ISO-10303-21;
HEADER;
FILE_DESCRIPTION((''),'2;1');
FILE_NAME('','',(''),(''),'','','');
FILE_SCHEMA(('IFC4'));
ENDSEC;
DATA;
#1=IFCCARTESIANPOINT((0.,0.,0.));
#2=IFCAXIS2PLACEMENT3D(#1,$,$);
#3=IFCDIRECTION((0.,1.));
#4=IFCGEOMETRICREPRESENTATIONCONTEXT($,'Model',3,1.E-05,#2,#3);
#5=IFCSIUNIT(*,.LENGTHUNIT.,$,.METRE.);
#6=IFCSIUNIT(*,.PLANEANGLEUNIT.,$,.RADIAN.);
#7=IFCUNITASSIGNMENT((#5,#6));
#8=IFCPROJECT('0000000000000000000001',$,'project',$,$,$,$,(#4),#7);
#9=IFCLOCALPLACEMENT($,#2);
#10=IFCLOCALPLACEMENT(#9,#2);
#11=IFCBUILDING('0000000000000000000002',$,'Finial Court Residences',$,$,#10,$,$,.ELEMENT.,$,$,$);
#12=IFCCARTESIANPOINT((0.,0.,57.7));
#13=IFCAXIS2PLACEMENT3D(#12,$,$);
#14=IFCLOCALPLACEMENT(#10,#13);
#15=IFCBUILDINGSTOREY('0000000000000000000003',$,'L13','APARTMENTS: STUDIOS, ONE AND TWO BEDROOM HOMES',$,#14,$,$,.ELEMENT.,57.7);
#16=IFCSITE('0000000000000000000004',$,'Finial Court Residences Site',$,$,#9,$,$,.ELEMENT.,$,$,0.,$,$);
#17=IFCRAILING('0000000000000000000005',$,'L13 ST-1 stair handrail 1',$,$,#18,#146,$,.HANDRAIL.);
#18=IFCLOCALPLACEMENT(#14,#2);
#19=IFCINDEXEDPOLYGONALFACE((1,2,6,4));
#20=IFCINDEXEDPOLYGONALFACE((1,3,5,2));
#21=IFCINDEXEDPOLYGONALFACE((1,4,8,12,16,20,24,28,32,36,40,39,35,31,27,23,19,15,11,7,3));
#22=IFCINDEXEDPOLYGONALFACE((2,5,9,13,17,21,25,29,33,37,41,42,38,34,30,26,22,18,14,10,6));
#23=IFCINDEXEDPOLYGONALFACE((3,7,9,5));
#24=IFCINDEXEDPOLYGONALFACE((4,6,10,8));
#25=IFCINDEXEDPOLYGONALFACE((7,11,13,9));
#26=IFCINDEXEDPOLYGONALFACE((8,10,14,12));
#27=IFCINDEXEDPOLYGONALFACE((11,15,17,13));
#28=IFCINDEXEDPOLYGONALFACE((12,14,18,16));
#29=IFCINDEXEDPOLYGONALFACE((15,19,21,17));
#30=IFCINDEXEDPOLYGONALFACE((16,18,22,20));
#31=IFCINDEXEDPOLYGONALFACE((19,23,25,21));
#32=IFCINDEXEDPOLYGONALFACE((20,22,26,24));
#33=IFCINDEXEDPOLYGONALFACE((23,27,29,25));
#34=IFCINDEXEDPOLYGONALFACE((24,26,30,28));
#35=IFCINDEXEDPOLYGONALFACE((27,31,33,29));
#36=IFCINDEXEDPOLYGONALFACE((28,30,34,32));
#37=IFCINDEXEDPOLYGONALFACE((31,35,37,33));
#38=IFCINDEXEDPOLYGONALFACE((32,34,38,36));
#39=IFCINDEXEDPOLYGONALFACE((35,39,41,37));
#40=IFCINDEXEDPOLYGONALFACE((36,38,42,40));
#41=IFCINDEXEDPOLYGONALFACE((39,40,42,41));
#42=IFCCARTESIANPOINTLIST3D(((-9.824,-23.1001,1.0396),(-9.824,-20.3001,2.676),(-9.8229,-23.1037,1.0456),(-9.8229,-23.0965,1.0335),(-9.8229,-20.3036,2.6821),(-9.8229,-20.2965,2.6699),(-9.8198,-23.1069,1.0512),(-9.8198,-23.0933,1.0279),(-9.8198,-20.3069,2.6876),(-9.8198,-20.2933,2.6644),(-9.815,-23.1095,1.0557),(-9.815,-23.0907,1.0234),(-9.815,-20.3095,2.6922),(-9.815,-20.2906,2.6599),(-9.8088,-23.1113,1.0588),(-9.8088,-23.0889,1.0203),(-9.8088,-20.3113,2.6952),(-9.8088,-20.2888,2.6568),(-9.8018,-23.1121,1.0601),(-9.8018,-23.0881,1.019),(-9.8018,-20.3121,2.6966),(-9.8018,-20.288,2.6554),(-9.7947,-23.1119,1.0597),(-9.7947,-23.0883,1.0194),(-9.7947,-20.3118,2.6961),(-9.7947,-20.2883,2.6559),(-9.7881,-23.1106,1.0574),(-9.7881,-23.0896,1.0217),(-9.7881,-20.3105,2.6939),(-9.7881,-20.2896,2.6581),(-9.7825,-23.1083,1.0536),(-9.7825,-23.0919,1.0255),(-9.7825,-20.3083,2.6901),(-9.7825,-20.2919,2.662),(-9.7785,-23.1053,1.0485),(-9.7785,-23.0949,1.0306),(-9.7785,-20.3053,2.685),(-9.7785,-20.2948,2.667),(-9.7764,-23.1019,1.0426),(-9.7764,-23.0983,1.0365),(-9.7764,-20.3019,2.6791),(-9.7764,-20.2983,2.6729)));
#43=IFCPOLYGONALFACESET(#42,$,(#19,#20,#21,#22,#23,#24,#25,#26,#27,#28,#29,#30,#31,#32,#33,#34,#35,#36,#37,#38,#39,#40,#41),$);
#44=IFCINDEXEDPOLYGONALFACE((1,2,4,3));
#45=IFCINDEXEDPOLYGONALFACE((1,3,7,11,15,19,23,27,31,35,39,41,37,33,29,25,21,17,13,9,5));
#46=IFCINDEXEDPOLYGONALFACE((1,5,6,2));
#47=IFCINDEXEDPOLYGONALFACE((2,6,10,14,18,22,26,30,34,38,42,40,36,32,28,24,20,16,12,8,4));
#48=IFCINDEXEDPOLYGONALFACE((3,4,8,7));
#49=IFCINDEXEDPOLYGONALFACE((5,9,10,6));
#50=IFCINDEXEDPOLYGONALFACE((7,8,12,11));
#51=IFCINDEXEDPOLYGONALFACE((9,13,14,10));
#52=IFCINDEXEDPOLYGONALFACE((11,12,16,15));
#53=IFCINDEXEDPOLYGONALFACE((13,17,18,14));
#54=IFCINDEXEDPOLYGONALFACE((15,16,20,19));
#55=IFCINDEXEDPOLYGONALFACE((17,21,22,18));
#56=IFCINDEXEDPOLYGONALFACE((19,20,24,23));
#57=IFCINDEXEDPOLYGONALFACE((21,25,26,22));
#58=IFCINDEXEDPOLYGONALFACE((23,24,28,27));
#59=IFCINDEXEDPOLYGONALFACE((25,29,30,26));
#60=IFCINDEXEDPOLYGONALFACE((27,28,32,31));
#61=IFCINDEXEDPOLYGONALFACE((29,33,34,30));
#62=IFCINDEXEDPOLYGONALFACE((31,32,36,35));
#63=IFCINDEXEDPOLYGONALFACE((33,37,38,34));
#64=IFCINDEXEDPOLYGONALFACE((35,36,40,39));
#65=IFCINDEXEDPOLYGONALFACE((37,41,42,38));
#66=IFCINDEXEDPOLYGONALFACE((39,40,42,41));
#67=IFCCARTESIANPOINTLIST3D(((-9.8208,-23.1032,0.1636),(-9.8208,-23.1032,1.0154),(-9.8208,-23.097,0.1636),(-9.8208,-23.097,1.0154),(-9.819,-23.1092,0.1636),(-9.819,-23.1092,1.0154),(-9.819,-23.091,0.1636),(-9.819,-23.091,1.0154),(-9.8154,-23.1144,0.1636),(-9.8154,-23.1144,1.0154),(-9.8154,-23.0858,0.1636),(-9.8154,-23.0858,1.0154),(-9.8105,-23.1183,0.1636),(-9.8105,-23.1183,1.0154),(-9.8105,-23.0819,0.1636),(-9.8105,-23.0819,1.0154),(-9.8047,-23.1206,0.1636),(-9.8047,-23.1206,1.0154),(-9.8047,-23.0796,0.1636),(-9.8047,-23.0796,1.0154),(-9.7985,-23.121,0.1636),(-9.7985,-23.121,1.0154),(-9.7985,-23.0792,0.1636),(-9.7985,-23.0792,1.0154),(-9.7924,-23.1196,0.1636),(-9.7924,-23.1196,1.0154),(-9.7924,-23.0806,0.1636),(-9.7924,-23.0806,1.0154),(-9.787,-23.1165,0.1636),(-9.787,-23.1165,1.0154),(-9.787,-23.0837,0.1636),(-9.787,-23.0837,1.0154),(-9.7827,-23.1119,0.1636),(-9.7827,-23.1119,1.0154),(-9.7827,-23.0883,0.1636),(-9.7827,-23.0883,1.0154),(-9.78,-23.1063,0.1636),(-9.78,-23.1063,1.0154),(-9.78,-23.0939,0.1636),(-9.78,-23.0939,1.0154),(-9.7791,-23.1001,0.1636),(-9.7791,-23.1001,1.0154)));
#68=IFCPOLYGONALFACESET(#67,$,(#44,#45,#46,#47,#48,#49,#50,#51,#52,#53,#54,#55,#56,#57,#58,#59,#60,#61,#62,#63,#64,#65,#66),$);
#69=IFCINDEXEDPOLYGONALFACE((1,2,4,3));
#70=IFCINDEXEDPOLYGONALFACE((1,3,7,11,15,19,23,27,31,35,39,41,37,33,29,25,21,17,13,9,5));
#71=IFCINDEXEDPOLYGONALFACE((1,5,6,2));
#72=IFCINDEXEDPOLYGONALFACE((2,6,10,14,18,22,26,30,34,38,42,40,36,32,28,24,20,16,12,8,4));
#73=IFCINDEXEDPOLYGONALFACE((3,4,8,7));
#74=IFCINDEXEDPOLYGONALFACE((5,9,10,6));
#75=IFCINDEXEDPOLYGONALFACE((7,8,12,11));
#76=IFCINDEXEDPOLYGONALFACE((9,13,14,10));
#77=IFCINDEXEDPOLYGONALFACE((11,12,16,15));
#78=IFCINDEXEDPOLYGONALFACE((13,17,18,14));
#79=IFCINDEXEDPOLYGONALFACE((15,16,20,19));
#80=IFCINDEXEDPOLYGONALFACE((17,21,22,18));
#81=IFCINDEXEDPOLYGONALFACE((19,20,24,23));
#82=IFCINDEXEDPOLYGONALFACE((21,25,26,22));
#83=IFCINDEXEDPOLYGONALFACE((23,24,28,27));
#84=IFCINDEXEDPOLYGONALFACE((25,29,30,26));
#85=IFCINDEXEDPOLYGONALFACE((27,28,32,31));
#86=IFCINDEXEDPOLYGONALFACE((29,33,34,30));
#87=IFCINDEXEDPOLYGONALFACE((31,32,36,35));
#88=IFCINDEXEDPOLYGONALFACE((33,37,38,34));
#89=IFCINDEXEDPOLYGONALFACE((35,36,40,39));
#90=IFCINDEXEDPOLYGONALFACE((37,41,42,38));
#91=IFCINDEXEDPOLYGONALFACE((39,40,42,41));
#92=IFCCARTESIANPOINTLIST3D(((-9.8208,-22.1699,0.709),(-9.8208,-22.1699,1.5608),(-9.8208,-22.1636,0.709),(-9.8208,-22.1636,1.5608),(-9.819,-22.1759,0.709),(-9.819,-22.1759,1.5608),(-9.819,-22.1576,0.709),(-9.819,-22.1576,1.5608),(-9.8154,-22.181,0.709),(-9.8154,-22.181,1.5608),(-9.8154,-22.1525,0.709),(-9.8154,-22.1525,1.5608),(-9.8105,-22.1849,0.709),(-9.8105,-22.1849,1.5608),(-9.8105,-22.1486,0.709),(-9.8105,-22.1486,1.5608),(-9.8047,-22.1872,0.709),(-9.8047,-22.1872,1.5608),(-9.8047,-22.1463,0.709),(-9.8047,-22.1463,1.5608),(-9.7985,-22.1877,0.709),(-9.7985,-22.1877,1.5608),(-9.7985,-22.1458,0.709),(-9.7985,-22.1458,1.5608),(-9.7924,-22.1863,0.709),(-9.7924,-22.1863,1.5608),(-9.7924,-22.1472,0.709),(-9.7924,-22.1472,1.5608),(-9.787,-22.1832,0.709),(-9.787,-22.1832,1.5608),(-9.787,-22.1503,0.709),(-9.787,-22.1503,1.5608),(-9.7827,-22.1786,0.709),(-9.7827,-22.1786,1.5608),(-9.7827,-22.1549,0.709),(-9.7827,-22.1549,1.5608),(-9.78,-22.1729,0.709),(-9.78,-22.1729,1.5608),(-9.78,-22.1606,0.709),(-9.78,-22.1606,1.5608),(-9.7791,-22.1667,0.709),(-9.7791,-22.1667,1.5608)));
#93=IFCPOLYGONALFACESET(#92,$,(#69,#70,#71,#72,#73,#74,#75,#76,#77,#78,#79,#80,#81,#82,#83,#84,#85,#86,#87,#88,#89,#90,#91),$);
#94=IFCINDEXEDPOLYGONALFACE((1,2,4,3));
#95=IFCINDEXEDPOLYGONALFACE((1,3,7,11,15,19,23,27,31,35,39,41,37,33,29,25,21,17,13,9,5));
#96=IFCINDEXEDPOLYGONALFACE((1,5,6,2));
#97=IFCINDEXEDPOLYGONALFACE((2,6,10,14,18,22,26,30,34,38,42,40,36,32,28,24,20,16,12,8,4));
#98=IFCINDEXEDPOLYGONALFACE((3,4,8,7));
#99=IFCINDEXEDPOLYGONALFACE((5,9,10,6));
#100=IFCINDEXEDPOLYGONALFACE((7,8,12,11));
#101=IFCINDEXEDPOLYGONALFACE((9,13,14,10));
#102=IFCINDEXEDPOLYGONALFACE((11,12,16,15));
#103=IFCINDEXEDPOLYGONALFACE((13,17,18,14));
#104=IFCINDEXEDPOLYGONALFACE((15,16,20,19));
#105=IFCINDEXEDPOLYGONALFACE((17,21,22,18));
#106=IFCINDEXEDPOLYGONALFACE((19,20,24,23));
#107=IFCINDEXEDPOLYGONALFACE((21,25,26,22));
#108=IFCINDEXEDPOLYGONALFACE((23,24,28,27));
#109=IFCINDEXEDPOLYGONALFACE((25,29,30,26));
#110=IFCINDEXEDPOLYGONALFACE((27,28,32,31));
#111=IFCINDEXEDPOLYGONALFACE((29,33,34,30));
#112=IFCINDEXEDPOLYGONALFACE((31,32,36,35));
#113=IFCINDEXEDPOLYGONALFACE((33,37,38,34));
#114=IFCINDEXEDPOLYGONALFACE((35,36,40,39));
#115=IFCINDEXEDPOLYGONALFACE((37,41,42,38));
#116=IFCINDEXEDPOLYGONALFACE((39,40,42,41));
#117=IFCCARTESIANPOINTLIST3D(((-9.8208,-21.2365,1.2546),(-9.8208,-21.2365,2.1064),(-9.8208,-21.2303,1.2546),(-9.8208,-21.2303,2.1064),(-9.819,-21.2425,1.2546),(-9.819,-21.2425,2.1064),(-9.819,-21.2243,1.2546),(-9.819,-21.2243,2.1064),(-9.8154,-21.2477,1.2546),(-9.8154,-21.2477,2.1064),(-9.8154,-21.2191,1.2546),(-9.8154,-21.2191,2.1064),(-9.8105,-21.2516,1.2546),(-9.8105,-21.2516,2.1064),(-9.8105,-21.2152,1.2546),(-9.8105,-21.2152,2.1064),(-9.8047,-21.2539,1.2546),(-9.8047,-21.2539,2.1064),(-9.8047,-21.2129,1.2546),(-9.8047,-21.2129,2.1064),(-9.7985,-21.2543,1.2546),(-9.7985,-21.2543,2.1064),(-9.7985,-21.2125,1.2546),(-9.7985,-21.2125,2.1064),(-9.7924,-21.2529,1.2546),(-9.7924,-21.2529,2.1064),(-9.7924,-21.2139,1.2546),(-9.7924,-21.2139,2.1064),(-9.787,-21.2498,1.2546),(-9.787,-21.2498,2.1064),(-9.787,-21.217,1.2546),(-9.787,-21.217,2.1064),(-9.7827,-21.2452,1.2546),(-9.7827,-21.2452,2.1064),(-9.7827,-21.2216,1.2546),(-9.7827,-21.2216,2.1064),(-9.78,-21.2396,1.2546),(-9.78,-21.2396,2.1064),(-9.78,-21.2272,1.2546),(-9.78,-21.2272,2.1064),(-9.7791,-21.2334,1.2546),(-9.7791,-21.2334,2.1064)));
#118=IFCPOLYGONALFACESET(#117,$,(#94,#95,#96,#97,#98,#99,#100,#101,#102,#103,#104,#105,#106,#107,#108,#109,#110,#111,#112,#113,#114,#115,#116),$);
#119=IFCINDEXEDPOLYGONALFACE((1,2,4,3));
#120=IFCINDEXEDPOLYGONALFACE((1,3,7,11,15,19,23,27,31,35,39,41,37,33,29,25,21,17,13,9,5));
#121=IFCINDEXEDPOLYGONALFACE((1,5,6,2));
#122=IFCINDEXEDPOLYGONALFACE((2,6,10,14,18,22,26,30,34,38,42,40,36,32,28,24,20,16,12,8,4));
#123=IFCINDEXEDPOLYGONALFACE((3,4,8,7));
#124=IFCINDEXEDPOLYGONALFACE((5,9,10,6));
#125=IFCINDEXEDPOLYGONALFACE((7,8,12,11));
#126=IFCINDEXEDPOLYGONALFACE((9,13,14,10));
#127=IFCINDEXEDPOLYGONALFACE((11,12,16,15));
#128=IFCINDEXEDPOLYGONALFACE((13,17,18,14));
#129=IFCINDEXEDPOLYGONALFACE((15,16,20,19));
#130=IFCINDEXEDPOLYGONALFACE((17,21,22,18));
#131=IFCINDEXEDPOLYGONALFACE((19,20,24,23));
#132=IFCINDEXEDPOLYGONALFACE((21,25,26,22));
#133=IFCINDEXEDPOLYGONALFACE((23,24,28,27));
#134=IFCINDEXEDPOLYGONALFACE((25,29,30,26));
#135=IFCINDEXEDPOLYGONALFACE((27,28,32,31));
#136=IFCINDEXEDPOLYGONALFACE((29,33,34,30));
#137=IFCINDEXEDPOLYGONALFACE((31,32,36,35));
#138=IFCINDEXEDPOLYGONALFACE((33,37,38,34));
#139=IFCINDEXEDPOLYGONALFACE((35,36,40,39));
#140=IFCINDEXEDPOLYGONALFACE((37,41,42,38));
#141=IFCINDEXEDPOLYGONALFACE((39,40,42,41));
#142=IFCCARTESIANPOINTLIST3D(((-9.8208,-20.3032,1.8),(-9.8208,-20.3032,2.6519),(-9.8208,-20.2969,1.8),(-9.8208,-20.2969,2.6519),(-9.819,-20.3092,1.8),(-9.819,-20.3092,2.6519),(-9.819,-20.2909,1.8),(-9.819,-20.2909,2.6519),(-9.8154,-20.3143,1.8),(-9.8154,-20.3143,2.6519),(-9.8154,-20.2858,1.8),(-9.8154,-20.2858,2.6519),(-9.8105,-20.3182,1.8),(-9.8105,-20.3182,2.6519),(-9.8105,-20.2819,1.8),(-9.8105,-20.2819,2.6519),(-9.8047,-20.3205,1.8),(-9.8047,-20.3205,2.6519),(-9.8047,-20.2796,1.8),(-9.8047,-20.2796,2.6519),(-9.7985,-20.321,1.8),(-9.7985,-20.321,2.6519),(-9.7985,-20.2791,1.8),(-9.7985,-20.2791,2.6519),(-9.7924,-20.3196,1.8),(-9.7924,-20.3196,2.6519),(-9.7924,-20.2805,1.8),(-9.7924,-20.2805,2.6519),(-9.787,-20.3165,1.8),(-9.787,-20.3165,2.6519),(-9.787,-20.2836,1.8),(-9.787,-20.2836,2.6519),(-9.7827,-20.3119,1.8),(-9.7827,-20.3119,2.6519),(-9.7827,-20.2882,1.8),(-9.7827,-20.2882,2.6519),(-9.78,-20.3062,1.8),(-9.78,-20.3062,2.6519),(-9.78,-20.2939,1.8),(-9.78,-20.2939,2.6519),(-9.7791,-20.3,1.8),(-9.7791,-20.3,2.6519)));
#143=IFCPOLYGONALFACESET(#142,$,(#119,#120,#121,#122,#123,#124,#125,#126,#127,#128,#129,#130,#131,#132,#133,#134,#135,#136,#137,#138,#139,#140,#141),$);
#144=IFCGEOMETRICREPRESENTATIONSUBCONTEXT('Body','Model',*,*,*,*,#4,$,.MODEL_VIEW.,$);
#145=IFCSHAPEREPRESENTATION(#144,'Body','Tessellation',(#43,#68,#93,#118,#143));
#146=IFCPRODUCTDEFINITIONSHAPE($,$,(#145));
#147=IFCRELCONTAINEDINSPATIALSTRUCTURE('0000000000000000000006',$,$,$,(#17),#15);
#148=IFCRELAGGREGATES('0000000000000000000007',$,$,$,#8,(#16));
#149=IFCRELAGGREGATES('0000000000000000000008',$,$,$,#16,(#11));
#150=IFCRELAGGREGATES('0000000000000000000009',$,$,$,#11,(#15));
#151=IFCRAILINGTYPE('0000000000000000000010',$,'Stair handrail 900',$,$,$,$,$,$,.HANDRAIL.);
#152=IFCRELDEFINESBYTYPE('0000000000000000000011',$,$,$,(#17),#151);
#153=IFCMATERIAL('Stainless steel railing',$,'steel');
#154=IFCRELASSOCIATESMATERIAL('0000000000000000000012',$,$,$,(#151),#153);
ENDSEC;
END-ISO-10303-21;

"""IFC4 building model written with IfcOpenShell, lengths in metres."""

from ifc_helpers import new_model, si_unit, direction, frame, origin, origin_2d, place, context, subcontext, project, spatial, circle, extrude, material, type_object, element, save


model = new_model("IFC4")

# Units and contexts
model_context = context("Model", 3, precision=1e-05, world=origin(), true_north=direction((0.0, 1.0)))
body_context = subcontext(model_context, "Body", "Model", "MODEL_VIEW")
ifc_project = project(units=[si_unit("LENGTHUNIT", "METRE"), si_unit("PLANEANGLEUNIT", "RADIAN")], contexts=[model_context])

# Site, building, storey
site_placement = place(None, origin())
site = spatial("IfcSite", under=ifc_project, at=site_placement, Name="Finial Court Residences Site", CompositionType="ELEMENT", RefElevation=0.0)
building_placement = place(site_placement, origin())
building = spatial("IfcBuilding", under=site, at=building_placement, Name="Finial Court Residences", CompositionType="ELEMENT")
storey_placement = place(building_placement, frame((0.0, 0.0, 57.7)))
storey = spatial("IfcBuildingStorey", under=building, at=storey_placement, Name="L13", Description="APARTMENTS: STUDIOS, ONE AND TWO BEDROOM HOMES", CompositionType="ELEMENT", Elevation=57.7)

# Railing
ifc_material_1 = material(Name="Stainless steel railing", Category="steel")
railing_type = type_object("IfcRailingType", Name="Stair handrail 900", PredefinedType="HANDRAIL", material=ifc_material_1)
railing_placement = place(storey_placement, frame((-9.8, -23.1001, 0.1636)))
element("IfcRailing", 1, at=railing_placement, inside=storey, type_object=railing_type, Name="L13 ST-1 stair handrail 1", PredefinedType="HANDRAIL", context=body_context, shape_type="SweptSolid", body=[
    extrude(circle(Radius=0.0239, at=origin_2d()), frame((0.0, 0.0, 0.876), z_axis=(0.0, 0.863361, 0.504587), x_axis=(-1.0, 0.0, 0.0)), (0.0, 0.0, 1.0), 3.2432),
    extrude(circle(Radius=0.021, at=origin_2d()), origin(), (0.0, 0.0, 1.0), 0.8518),
    extrude(circle(Radius=0.021, at=origin_2d()), frame((0.0, 0.9333, 0.5454)), (0.0, 0.0, 1.0), 0.8518),
    extrude(circle(Radius=0.021, at=origin_2d()), frame((0.0, 1.8667, 1.0911)), (0.0, 0.0, 1.0), 0.8518),
    extrude(circle(Radius=0.021, at=origin_2d()), frame((0.0, 2.8, 1.6365)), (0.0, 0.0, 1.0), 0.8518),
])

save(model, "model.ifc")
